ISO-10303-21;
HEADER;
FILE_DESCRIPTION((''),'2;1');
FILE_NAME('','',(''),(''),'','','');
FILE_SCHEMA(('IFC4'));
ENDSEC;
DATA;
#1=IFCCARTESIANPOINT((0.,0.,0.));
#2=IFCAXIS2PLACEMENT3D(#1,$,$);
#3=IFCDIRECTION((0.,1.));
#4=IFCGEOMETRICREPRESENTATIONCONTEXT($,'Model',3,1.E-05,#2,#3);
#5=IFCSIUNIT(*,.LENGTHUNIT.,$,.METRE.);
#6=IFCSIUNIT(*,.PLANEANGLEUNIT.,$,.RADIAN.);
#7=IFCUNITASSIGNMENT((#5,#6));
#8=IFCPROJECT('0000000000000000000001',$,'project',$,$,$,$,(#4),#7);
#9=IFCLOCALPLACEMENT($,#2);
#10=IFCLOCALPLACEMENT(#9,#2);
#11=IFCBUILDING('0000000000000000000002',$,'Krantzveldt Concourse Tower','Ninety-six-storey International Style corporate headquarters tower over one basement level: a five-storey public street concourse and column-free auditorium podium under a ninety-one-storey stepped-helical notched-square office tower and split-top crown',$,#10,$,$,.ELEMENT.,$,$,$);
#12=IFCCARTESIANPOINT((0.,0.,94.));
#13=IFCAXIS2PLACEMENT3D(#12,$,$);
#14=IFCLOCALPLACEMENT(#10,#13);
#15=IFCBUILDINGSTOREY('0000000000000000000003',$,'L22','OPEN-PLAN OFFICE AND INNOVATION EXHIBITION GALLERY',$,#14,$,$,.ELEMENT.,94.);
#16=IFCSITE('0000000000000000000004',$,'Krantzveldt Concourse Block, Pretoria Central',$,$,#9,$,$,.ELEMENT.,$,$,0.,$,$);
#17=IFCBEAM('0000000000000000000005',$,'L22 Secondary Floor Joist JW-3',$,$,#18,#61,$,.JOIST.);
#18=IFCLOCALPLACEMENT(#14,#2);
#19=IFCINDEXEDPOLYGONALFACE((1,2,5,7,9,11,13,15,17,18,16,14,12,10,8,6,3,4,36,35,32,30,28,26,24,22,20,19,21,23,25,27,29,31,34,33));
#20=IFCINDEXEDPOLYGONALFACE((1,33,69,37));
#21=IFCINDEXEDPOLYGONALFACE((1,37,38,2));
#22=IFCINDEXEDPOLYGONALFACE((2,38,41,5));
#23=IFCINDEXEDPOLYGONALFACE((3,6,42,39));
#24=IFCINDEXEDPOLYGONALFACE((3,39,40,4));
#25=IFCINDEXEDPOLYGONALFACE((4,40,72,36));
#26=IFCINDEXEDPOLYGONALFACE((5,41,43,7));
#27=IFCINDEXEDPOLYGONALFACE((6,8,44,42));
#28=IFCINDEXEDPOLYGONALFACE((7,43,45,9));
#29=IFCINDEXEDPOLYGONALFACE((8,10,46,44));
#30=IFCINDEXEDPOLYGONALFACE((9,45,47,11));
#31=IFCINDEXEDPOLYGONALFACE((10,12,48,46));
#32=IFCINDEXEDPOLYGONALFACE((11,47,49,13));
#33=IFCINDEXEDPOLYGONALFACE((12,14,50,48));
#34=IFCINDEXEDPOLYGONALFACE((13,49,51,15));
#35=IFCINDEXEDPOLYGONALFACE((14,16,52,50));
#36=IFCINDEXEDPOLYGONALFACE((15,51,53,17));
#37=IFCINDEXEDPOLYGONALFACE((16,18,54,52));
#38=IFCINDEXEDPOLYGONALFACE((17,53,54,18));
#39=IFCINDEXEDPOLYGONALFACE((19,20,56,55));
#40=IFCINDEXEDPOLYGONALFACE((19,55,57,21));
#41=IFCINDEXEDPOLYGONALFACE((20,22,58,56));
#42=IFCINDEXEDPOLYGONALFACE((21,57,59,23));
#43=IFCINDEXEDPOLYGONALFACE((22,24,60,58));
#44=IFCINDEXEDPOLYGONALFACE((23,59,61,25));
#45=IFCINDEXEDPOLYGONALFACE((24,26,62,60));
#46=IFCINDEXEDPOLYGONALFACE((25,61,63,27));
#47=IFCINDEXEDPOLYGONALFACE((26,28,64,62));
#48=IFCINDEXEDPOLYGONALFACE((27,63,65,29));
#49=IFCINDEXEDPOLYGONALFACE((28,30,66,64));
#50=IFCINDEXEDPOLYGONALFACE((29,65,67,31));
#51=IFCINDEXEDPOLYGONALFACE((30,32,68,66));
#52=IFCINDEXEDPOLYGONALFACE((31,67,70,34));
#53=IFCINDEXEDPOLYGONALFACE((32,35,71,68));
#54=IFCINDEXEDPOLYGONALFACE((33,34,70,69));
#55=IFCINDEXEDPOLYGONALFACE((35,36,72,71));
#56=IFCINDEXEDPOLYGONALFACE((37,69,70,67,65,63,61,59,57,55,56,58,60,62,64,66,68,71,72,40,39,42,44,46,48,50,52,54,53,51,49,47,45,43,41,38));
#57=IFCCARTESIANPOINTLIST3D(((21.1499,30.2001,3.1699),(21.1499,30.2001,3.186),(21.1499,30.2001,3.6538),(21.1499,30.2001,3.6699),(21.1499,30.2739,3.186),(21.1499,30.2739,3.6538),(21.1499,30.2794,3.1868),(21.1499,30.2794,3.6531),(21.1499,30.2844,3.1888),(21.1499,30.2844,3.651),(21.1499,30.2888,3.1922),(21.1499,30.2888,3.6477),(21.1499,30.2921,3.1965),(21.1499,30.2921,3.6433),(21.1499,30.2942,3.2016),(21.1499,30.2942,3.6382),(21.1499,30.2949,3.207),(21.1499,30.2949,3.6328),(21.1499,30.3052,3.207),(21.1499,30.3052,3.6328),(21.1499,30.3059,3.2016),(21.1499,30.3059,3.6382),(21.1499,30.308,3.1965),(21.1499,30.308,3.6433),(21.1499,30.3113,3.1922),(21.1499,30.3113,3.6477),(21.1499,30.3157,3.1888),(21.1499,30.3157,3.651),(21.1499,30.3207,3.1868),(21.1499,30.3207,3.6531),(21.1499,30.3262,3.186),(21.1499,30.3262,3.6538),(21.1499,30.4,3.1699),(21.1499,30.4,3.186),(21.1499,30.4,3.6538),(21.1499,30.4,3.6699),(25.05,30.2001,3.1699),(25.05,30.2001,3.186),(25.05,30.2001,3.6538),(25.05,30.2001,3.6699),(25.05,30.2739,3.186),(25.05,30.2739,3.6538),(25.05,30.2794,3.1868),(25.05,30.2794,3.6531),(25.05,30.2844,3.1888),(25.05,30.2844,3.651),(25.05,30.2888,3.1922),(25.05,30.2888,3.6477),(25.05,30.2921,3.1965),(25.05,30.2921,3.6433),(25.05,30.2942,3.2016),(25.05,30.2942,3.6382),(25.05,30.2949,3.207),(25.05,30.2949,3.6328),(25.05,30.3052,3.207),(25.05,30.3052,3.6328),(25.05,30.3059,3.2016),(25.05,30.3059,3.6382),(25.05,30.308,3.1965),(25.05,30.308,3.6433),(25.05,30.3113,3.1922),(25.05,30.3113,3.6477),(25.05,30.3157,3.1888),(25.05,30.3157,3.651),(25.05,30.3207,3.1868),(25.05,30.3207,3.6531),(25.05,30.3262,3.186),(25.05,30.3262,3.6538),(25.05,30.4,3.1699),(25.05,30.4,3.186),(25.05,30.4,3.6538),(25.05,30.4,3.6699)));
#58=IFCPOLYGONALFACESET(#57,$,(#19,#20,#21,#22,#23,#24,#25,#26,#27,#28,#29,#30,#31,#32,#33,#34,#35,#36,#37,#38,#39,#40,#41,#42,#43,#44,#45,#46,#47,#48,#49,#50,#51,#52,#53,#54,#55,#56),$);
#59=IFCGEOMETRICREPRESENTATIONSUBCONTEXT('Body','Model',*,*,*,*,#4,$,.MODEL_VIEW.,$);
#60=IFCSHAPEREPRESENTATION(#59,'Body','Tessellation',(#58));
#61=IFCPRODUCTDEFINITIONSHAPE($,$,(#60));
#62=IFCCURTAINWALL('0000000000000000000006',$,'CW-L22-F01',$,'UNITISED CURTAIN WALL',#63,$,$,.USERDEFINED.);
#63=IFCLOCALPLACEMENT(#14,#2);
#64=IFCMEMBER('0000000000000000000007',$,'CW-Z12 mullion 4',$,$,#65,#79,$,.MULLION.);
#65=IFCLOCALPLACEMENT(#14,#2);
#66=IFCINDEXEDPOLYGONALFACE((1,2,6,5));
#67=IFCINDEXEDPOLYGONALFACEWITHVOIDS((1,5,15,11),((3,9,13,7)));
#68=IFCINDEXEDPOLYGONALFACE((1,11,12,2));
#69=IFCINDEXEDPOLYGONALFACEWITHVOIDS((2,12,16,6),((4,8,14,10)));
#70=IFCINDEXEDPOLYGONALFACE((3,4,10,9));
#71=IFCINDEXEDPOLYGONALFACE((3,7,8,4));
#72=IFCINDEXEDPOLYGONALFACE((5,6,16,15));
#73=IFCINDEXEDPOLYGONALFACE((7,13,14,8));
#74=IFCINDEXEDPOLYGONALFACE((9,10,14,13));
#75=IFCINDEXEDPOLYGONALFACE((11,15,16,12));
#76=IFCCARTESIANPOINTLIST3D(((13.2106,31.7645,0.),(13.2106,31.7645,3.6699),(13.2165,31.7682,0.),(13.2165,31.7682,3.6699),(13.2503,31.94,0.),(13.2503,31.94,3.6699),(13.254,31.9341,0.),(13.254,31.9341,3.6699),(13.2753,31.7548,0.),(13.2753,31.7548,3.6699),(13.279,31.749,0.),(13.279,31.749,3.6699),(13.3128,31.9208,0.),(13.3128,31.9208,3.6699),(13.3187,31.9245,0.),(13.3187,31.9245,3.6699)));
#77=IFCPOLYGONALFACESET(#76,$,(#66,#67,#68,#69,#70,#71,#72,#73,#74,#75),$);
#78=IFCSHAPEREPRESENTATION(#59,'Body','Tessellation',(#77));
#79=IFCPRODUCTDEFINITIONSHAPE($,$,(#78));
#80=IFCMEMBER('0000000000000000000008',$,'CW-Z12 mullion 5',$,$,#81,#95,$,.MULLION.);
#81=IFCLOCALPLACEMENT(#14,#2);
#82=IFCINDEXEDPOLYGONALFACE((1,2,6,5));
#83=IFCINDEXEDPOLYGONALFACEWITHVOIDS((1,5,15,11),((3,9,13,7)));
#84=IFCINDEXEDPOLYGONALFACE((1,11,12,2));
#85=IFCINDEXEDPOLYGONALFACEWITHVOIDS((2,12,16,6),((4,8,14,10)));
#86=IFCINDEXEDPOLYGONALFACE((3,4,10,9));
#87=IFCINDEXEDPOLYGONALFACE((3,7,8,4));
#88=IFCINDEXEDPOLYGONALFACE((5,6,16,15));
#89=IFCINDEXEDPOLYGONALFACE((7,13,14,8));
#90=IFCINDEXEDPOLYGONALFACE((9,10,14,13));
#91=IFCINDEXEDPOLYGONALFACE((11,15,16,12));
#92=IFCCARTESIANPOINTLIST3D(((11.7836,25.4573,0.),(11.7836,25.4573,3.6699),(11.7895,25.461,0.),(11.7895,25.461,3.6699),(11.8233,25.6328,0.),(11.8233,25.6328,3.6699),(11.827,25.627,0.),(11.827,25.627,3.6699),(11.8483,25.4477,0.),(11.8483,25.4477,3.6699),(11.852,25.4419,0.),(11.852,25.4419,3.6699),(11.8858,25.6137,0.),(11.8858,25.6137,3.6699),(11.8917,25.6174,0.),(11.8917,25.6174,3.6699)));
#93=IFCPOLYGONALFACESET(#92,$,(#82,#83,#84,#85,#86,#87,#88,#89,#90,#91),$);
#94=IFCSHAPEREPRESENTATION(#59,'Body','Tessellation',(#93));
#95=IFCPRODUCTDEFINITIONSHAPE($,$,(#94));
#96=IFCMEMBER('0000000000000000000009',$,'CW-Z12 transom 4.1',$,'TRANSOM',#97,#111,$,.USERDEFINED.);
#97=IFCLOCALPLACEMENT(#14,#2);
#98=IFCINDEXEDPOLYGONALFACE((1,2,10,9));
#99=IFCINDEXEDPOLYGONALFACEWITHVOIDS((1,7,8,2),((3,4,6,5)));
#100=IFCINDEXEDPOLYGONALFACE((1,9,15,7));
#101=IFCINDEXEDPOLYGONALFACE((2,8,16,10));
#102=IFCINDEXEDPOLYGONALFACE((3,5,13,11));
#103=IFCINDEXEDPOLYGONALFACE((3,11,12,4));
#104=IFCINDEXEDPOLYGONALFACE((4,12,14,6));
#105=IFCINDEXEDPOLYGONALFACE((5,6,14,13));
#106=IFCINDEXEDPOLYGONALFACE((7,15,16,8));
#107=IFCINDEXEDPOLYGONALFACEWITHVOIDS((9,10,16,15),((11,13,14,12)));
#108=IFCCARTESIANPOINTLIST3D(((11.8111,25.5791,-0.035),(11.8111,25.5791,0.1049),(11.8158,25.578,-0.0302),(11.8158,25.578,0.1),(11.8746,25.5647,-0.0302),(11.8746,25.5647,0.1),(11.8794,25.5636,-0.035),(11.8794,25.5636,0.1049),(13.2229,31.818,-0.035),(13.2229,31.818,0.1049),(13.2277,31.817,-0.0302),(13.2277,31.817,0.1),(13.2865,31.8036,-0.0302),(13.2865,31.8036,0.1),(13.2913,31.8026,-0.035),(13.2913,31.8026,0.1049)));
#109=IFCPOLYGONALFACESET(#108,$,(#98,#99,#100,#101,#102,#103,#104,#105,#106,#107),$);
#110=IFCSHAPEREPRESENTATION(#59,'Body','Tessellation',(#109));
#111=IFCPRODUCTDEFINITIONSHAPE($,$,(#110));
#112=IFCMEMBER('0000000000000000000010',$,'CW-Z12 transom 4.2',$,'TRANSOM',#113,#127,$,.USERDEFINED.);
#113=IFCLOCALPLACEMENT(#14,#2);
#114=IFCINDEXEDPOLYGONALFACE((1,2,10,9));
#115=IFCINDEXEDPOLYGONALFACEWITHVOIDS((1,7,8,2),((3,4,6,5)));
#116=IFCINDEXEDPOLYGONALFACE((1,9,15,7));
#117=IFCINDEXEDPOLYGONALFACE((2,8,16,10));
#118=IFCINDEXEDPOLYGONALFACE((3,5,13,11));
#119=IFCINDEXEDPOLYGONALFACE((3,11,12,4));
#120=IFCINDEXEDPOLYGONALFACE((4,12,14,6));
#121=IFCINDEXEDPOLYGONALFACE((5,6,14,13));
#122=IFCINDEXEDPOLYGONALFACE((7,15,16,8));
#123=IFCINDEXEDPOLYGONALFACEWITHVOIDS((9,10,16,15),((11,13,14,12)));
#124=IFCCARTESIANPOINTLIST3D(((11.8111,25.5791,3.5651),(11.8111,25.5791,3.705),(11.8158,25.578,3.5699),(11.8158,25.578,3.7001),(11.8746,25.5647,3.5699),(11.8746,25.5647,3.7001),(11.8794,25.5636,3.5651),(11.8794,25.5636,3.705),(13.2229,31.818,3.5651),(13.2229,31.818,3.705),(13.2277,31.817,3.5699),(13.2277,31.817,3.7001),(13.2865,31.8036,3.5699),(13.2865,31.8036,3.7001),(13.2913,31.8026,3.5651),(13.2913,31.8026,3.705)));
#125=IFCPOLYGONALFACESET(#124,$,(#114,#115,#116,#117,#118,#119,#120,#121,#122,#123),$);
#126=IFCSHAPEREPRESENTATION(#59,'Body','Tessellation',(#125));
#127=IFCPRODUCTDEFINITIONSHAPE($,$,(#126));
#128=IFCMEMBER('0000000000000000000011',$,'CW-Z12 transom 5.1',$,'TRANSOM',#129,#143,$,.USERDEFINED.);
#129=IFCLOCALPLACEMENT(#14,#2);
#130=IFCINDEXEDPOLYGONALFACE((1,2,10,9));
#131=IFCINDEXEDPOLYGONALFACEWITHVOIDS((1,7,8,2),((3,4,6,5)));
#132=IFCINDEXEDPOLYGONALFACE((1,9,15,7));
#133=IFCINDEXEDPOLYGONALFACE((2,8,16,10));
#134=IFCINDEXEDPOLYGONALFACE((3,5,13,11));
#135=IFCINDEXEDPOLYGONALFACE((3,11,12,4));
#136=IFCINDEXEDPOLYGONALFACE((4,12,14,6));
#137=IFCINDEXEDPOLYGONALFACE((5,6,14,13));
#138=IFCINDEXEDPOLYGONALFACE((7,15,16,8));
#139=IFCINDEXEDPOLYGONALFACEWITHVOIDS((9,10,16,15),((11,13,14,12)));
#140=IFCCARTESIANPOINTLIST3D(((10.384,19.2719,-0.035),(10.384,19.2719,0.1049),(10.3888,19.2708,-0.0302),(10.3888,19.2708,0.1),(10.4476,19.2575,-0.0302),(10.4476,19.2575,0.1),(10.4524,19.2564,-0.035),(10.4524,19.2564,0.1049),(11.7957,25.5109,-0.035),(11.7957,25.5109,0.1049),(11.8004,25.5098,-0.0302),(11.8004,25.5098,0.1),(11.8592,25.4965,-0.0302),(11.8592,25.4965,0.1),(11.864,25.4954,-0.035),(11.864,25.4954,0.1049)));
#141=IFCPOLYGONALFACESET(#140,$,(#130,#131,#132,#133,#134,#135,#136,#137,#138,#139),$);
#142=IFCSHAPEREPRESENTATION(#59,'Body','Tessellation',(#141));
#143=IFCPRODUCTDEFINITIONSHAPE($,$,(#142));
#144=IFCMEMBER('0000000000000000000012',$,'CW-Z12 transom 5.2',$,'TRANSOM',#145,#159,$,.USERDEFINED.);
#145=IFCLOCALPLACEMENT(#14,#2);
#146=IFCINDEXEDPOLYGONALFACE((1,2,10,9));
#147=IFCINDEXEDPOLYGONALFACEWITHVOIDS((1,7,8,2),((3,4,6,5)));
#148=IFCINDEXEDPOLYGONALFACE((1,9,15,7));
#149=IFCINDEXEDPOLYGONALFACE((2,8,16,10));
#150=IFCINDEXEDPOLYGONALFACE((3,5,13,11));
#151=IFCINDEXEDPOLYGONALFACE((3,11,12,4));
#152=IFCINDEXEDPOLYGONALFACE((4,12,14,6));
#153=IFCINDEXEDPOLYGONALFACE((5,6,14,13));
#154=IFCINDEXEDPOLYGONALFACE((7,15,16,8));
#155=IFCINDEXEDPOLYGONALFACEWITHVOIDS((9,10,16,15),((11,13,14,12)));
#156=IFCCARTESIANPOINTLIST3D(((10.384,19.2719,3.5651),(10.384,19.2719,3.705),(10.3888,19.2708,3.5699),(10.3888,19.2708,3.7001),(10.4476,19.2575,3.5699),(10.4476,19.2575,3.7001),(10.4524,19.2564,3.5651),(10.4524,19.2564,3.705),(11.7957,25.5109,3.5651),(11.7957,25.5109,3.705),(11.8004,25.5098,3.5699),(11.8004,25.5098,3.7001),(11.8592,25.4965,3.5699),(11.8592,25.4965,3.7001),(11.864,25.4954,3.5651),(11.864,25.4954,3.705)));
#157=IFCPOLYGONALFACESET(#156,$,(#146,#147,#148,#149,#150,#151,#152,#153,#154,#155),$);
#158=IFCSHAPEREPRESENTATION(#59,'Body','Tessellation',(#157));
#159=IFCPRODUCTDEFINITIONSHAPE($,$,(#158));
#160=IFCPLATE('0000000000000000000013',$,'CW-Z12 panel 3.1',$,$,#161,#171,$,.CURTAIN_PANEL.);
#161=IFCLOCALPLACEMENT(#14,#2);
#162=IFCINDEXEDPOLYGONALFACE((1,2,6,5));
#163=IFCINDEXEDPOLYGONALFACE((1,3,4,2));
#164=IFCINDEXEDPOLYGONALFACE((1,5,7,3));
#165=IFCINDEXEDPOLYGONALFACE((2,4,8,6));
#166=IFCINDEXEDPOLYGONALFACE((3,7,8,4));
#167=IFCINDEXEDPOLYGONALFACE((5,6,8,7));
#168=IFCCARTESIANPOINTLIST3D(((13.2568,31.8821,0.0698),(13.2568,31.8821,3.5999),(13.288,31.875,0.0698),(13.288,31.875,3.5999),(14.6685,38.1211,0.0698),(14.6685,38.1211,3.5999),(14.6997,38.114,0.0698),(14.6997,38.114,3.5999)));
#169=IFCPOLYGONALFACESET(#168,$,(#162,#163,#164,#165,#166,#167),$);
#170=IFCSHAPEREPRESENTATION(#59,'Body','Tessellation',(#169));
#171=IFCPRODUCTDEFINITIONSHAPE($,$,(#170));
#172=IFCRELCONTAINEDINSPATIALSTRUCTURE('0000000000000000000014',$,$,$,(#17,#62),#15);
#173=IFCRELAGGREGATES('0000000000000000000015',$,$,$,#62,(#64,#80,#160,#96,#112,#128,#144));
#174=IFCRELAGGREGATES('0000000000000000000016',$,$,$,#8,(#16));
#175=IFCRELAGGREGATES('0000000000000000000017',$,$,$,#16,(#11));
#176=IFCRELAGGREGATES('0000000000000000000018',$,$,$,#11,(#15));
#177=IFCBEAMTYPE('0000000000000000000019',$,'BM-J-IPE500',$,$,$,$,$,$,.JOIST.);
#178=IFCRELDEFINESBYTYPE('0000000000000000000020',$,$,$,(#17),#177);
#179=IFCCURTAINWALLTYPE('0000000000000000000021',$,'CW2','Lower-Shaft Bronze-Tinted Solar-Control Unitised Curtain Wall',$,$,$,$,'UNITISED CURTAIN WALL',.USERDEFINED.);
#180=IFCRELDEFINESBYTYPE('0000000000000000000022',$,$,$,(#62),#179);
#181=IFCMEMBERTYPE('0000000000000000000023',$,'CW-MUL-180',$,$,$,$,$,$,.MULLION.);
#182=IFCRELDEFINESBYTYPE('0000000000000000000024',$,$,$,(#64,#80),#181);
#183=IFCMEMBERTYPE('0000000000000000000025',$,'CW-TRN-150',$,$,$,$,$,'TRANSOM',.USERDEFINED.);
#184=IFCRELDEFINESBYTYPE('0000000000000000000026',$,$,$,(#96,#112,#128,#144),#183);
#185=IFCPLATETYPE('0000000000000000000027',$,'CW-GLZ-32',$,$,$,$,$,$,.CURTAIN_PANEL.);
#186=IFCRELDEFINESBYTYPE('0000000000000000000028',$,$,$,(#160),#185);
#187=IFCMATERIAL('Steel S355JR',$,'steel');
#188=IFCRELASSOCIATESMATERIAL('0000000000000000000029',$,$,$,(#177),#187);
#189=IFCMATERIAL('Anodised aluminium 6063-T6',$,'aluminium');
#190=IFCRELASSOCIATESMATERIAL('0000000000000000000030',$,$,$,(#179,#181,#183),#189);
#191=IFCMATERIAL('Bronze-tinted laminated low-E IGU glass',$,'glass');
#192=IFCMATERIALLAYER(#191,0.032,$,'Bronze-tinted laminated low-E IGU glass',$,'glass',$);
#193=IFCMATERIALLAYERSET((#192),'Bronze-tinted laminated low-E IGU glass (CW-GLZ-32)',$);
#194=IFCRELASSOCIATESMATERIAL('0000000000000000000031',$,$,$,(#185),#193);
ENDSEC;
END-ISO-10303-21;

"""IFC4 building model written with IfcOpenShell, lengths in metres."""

from ifc_helpers import new_model, si_unit, direction, frame, origin, origin_2d, place, context, subcontext, project, spatial, rectangle, hollow_rectangle, i_section, extrude, source, transform, mapped, material, layer, layer_set, material_profile, profile_set, type_object, type_shapes, element, aggregate, save


model = new_model("IFC4")

# Units and contexts
model_context = context("Model", 3, precision=1e-05, world=origin(), true_north=direction((0.0, 1.0)))
body_context = subcontext(model_context, "Body", "Model", "MODEL_VIEW")
ifc_project = project(units=[si_unit("LENGTHUNIT", "METRE"), si_unit("PLANEANGLEUNIT", "RADIAN")], contexts=[model_context])

# Site, building, storey
site_placement = place(None, origin())
site = spatial("IfcSite", under=ifc_project, at=site_placement, Name="Krantzveldt Concourse Block, Pretoria Central", CompositionType="ELEMENT", RefElevation=0.0)
building_placement = place(site_placement, origin())
building = spatial("IfcBuilding", under=site, at=building_placement, Name="Krantzveldt Concourse Tower", Description="Ninety-six-storey International Style corporate headquarters tower over one basement level: a five-storey public street concourse and column-free auditorium podium under a ninety-one-storey stepped-helical notched-square office tower and split-top crown", CompositionType="ELEMENT")
storey_placement = place(building_placement, frame((0.0, 0.0, 94.0)))
storey = spatial("IfcBuildingStorey", under=building, at=storey_placement, Name="L22", Description="OPEN-PLAN OFFICE AND INNOVATION EXHIBITION GALLERY", CompositionType="ELEMENT", Elevation=94.0)

# Beam
ifc_material_1 = material(Name="Steel S355JR", Category="steel")
ifc_material_profile_1 = material_profile(ifc_material_1, i_section(OverallWidth=0.2, OverallDepth=0.5, WebThickness=0.0103, FlangeThickness=0.0161, FilletRadius=0.021, at=origin_2d()), Name="Steel S355JR", Category="steel")
ifc_profile_set_1 = profile_set([ifc_material_profile_1], Name="Steel S355JR - IPE 500")
beam_type_1 = type_object("IfcBeamType", Name="BM-J-IPE500", PredefinedType="JOIST", material=ifc_profile_set_1)
shared_shape_1 = source(origin(), body_context, "Body", "SweptSolid", [
    extrude(i_section(OverallWidth=0.2, OverallDepth=0.5, WebThickness=0.0103, FlangeThickness=0.0161, FilletRadius=0.021, at=origin_2d()), origin(), (0.0, 0.0, 1.0), 3.9001),
])
type_shapes(beam_type_1, [shared_shape_1])
for number, where, z_axis, x_axis, name in (
    (1, (21.1499, 30.3, 3.4199), (1.0, 0.0, 0.0), (0.0, 1.0, 0.0), "L22 Secondary Floor Joist JW-3"),
):
    element("IfcBeam", number, at=place(storey_placement, frame(where, z_axis=z_axis, x_axis=x_axis)), inside=storey, type_object=beam_type_1, Name=name, PredefinedType="JOIST", context=body_context, shape_type="MappedRepresentation", body=[
        mapped(shared_shape_1, transform((0.0, 0.0, 0.0), x_axis=(1.0, 0.0, 0.0), y_axis=(0.0, 1.0, 0.0), z_axis=(0.0, 0.0, 1.0), scale=1.0)),
    ])

# Curtain wall, members, plate
ifc_material_2 = material(Name="Anodised aluminium 6063-T6", Category="aluminium")
curtain_wall_type = type_object("IfcCurtainWallType", Name="CW2", Description="Lower-Shaft Bronze-Tinted Solar-Control Unitised Curtain Wall", ElementType="UNITISED CURTAIN WALL", PredefinedType="USERDEFINED", material=ifc_material_2)
curtain_wall_placement = place(storey_placement, origin())
curtain_wall = element("IfcCurtainWall", 2, at=curtain_wall_placement, inside=storey, type_object=curtain_wall_type, Name="CW-L22-F01", ObjectType="UNITISED CURTAIN WALL", PredefinedType="USERDEFINED")
ifc_material_profile_2 = material_profile(ifc_material_2, hollow_rectangle(XDim=0.0701, YDim=0.1799, WallThickness=0.0049, at=origin_2d()), Name="Anodised aluminium 6063-T6", Category="aluminium")
ifc_profile_set_2 = profile_set([ifc_material_profile_2], Name="Anodised aluminium 6063-T6 - ALU-MULL 180x70x5")
member_type_1 = type_object("IfcMemberType", Name="CW-MUL-180", PredefinedType="MULLION", material=ifc_profile_set_2)
shared_shape_2 = source(origin(), body_context, "Body", "SweptSolid", [
    extrude(hollow_rectangle(XDim=0.0701, YDim=0.1799, WallThickness=0.0049, at=origin_2d()), origin(), (0.0, 0.0, 1.0), 3.6699),
])
type_shapes(member_type_1, [shared_shape_2])
member_1_placement = place(storey_placement, frame((13.2646, 31.8445, 0.0), z_axis=(0.0, 0.0, 1.0), x_axis=(0.975342, -0.220697, 0.0)))
member_1 = element("IfcMember", 3, at=member_1_placement, type_object=member_type_1, Name="CW-Z12 mullion 4", PredefinedType="MULLION", context=body_context, shape_type="MappedRepresentation", body=[
    mapped(shared_shape_2, transform((0.0, 0.0, 0.0), x_axis=(1.0, 0.0, 0.0), y_axis=(0.0, 1.0, 0.0), z_axis=(0.0, 0.0, 1.0), scale=1.0)),
])
member_2_placement = place(storey_placement, frame((11.8376, 25.5374, 0.0), z_axis=(0.0, 0.0, 1.0), x_axis=(0.975342, -0.220697, 0.0)))
member_2 = element("IfcMember", 4, at=member_2_placement, type_object=member_type_1, Name="CW-Z12 mullion 5", PredefinedType="MULLION", context=body_context, shape_type="MappedRepresentation", body=[
    mapped(shared_shape_2, transform((0.0, 0.0, 0.0), x_axis=(1.0, 0.0, 0.0), y_axis=(0.0, 1.0, 0.0), z_axis=(0.0, 0.0, 1.0), scale=1.0)),
])
ifc_material_profile_3 = material_profile(ifc_material_2, hollow_rectangle(XDim=0.0701, YDim=0.1399, WallThickness=0.0049, at=origin_2d()), Name="Anodised aluminium 6063-T6", Category="aluminium")
ifc_profile_set_3 = profile_set([ifc_material_profile_3], Name="Anodised aluminium 6063-T6 - ALU-TRAN 140x70x5")
member_type_2 = type_object("IfcMemberType", Name="CW-TRN-150", ElementType="TRANSOM", PredefinedType="USERDEFINED", material=ifc_profile_set_3)
shared_shape_3 = source(origin(), body_context, "Body", "SweptSolid", [
    extrude(hollow_rectangle(XDim=0.0701, YDim=0.1399, WallThickness=0.0049, at=origin_2d()), origin(), (0.0, 0.0, 1.0), 6.3967),
])
type_shapes(member_type_2, [shared_shape_3])
member_3_placement = place(storey_placement, frame((13.2571, 31.8103, 0.0349), z_axis=(-0.220715, -0.975338, 0.0), x_axis=(0.975338, -0.220715, 0.0)))
member_3 = element("IfcMember", 5, at=member_3_placement, type_object=member_type_2, Name="CW-Z12 transom 4.1", ObjectType="TRANSOM", PredefinedType="USERDEFINED", context=body_context, shape_type="MappedRepresentation", body=[
    mapped(shared_shape_3, transform((0.0, 0.0, 0.0), x_axis=(1.0, 0.0, 0.0), y_axis=(0.0, 1.0, 0.0), z_axis=(0.0, 0.0, 1.0), scale=1.0)),
])
member_4_placement = place(storey_placement, frame((13.2571, 31.8103, 3.635), z_axis=(-0.220715, -0.975338, 0.0), x_axis=(0.975338, -0.220715, 0.0)))
member_4 = element("IfcMember", 6, at=member_4_placement, type_object=member_type_2, Name="CW-Z12 transom 4.2", ObjectType="TRANSOM", PredefinedType="USERDEFINED", context=body_context, shape_type="MappedRepresentation", body=[
    mapped(shared_shape_3, transform((0.0, 0.0, 0.0), x_axis=(1.0, 0.0, 0.0), y_axis=(0.0, 1.0, 0.0), z_axis=(0.0, 0.0, 1.0), scale=1.0)),
])
member_5_placement = place(storey_placement, frame((11.8298, 25.5032, 0.0349), z_axis=(-0.220679, -0.975346, 0.0), x_axis=(0.975346, -0.220679, 0.0)))
member_5 = element("IfcMember", 7, at=member_5_placement, type_object=member_type_2, Name="CW-Z12 transom 5.1", ObjectType="TRANSOM", PredefinedType="USERDEFINED", context=body_context, shape_type="MappedRepresentation", body=[
    mapped(shared_shape_3, transform((0.0, 0.0, 0.0), x_axis=(1.0, 0.0, 0.0), y_axis=(0.0, 1.0, 0.0), z_axis=(0.0, 0.0, 1.0), scale=1.0)),
])
member_6_placement = place(storey_placement, frame((11.8298, 25.5032, 3.635), z_axis=(-0.220679, -0.975346, 0.0), x_axis=(0.975346, -0.220679, 0.0)))
member_6 = element("IfcMember", 8, at=member_6_placement, type_object=member_type_2, Name="CW-Z12 transom 5.2", ObjectType="TRANSOM", PredefinedType="USERDEFINED", context=body_context, shape_type="MappedRepresentation", body=[
    mapped(shared_shape_3, transform((0.0, 0.0, 0.0), x_axis=(1.0, 0.0, 0.0), y_axis=(0.0, 1.0, 0.0), z_axis=(0.0, 0.0, 1.0), scale=1.0)),
])
ifc_material_3 = material(Name="Bronze-tinted laminated low-E IGU glass", Category="glass")
ifc_layer_1 = layer(ifc_material_3, 0.032, Name="Bronze-tinted laminated low-E IGU glass", Category="glass")
ifc_layer_set_1 = layer_set([ifc_layer_1], Name="Bronze-tinted laminated low-E IGU glass (CW-GLZ-32)")
plate_type = type_object("IfcPlateType", Name="CW-GLZ-32", PredefinedType="CURTAIN_PANEL", material=ifc_layer_set_1)
shared_shape_4 = source(origin(), body_context, "Body", "SweptSolid", [
    extrude(rectangle(XDim=6.3967, YDim=0.032, at=origin_2d()), origin(), (0.0, 0.0, 1.0), 3.53),
])
type_shapes(plate_type, [shared_shape_4])
plate_1_placement = place(storey_placement, frame((13.9783, 34.998, 0.0698), z_axis=(0.0, 0.0, 1.0), x_axis=(-0.220697, -0.975342, 0.0)))
plate_1 = element("IfcPlate", 9, at=plate_1_placement, type_object=plate_type, Name="CW-Z12 panel 3.1", PredefinedType="CURTAIN_PANEL", context=body_context, shape_type="MappedRepresentation", body=[
    mapped(shared_shape_4, transform((0.0, 0.0, 0.0), x_axis=(1.0, 0.0, 0.0), y_axis=(0.0, 1.0, 0.0), z_axis=(0.0, 0.0, 1.0), scale=1.0)),
])
aggregate(curtain_wall, [member_1, member_2, plate_1, member_3, member_4, member_5, member_6])

save(model, "model.ifc")
